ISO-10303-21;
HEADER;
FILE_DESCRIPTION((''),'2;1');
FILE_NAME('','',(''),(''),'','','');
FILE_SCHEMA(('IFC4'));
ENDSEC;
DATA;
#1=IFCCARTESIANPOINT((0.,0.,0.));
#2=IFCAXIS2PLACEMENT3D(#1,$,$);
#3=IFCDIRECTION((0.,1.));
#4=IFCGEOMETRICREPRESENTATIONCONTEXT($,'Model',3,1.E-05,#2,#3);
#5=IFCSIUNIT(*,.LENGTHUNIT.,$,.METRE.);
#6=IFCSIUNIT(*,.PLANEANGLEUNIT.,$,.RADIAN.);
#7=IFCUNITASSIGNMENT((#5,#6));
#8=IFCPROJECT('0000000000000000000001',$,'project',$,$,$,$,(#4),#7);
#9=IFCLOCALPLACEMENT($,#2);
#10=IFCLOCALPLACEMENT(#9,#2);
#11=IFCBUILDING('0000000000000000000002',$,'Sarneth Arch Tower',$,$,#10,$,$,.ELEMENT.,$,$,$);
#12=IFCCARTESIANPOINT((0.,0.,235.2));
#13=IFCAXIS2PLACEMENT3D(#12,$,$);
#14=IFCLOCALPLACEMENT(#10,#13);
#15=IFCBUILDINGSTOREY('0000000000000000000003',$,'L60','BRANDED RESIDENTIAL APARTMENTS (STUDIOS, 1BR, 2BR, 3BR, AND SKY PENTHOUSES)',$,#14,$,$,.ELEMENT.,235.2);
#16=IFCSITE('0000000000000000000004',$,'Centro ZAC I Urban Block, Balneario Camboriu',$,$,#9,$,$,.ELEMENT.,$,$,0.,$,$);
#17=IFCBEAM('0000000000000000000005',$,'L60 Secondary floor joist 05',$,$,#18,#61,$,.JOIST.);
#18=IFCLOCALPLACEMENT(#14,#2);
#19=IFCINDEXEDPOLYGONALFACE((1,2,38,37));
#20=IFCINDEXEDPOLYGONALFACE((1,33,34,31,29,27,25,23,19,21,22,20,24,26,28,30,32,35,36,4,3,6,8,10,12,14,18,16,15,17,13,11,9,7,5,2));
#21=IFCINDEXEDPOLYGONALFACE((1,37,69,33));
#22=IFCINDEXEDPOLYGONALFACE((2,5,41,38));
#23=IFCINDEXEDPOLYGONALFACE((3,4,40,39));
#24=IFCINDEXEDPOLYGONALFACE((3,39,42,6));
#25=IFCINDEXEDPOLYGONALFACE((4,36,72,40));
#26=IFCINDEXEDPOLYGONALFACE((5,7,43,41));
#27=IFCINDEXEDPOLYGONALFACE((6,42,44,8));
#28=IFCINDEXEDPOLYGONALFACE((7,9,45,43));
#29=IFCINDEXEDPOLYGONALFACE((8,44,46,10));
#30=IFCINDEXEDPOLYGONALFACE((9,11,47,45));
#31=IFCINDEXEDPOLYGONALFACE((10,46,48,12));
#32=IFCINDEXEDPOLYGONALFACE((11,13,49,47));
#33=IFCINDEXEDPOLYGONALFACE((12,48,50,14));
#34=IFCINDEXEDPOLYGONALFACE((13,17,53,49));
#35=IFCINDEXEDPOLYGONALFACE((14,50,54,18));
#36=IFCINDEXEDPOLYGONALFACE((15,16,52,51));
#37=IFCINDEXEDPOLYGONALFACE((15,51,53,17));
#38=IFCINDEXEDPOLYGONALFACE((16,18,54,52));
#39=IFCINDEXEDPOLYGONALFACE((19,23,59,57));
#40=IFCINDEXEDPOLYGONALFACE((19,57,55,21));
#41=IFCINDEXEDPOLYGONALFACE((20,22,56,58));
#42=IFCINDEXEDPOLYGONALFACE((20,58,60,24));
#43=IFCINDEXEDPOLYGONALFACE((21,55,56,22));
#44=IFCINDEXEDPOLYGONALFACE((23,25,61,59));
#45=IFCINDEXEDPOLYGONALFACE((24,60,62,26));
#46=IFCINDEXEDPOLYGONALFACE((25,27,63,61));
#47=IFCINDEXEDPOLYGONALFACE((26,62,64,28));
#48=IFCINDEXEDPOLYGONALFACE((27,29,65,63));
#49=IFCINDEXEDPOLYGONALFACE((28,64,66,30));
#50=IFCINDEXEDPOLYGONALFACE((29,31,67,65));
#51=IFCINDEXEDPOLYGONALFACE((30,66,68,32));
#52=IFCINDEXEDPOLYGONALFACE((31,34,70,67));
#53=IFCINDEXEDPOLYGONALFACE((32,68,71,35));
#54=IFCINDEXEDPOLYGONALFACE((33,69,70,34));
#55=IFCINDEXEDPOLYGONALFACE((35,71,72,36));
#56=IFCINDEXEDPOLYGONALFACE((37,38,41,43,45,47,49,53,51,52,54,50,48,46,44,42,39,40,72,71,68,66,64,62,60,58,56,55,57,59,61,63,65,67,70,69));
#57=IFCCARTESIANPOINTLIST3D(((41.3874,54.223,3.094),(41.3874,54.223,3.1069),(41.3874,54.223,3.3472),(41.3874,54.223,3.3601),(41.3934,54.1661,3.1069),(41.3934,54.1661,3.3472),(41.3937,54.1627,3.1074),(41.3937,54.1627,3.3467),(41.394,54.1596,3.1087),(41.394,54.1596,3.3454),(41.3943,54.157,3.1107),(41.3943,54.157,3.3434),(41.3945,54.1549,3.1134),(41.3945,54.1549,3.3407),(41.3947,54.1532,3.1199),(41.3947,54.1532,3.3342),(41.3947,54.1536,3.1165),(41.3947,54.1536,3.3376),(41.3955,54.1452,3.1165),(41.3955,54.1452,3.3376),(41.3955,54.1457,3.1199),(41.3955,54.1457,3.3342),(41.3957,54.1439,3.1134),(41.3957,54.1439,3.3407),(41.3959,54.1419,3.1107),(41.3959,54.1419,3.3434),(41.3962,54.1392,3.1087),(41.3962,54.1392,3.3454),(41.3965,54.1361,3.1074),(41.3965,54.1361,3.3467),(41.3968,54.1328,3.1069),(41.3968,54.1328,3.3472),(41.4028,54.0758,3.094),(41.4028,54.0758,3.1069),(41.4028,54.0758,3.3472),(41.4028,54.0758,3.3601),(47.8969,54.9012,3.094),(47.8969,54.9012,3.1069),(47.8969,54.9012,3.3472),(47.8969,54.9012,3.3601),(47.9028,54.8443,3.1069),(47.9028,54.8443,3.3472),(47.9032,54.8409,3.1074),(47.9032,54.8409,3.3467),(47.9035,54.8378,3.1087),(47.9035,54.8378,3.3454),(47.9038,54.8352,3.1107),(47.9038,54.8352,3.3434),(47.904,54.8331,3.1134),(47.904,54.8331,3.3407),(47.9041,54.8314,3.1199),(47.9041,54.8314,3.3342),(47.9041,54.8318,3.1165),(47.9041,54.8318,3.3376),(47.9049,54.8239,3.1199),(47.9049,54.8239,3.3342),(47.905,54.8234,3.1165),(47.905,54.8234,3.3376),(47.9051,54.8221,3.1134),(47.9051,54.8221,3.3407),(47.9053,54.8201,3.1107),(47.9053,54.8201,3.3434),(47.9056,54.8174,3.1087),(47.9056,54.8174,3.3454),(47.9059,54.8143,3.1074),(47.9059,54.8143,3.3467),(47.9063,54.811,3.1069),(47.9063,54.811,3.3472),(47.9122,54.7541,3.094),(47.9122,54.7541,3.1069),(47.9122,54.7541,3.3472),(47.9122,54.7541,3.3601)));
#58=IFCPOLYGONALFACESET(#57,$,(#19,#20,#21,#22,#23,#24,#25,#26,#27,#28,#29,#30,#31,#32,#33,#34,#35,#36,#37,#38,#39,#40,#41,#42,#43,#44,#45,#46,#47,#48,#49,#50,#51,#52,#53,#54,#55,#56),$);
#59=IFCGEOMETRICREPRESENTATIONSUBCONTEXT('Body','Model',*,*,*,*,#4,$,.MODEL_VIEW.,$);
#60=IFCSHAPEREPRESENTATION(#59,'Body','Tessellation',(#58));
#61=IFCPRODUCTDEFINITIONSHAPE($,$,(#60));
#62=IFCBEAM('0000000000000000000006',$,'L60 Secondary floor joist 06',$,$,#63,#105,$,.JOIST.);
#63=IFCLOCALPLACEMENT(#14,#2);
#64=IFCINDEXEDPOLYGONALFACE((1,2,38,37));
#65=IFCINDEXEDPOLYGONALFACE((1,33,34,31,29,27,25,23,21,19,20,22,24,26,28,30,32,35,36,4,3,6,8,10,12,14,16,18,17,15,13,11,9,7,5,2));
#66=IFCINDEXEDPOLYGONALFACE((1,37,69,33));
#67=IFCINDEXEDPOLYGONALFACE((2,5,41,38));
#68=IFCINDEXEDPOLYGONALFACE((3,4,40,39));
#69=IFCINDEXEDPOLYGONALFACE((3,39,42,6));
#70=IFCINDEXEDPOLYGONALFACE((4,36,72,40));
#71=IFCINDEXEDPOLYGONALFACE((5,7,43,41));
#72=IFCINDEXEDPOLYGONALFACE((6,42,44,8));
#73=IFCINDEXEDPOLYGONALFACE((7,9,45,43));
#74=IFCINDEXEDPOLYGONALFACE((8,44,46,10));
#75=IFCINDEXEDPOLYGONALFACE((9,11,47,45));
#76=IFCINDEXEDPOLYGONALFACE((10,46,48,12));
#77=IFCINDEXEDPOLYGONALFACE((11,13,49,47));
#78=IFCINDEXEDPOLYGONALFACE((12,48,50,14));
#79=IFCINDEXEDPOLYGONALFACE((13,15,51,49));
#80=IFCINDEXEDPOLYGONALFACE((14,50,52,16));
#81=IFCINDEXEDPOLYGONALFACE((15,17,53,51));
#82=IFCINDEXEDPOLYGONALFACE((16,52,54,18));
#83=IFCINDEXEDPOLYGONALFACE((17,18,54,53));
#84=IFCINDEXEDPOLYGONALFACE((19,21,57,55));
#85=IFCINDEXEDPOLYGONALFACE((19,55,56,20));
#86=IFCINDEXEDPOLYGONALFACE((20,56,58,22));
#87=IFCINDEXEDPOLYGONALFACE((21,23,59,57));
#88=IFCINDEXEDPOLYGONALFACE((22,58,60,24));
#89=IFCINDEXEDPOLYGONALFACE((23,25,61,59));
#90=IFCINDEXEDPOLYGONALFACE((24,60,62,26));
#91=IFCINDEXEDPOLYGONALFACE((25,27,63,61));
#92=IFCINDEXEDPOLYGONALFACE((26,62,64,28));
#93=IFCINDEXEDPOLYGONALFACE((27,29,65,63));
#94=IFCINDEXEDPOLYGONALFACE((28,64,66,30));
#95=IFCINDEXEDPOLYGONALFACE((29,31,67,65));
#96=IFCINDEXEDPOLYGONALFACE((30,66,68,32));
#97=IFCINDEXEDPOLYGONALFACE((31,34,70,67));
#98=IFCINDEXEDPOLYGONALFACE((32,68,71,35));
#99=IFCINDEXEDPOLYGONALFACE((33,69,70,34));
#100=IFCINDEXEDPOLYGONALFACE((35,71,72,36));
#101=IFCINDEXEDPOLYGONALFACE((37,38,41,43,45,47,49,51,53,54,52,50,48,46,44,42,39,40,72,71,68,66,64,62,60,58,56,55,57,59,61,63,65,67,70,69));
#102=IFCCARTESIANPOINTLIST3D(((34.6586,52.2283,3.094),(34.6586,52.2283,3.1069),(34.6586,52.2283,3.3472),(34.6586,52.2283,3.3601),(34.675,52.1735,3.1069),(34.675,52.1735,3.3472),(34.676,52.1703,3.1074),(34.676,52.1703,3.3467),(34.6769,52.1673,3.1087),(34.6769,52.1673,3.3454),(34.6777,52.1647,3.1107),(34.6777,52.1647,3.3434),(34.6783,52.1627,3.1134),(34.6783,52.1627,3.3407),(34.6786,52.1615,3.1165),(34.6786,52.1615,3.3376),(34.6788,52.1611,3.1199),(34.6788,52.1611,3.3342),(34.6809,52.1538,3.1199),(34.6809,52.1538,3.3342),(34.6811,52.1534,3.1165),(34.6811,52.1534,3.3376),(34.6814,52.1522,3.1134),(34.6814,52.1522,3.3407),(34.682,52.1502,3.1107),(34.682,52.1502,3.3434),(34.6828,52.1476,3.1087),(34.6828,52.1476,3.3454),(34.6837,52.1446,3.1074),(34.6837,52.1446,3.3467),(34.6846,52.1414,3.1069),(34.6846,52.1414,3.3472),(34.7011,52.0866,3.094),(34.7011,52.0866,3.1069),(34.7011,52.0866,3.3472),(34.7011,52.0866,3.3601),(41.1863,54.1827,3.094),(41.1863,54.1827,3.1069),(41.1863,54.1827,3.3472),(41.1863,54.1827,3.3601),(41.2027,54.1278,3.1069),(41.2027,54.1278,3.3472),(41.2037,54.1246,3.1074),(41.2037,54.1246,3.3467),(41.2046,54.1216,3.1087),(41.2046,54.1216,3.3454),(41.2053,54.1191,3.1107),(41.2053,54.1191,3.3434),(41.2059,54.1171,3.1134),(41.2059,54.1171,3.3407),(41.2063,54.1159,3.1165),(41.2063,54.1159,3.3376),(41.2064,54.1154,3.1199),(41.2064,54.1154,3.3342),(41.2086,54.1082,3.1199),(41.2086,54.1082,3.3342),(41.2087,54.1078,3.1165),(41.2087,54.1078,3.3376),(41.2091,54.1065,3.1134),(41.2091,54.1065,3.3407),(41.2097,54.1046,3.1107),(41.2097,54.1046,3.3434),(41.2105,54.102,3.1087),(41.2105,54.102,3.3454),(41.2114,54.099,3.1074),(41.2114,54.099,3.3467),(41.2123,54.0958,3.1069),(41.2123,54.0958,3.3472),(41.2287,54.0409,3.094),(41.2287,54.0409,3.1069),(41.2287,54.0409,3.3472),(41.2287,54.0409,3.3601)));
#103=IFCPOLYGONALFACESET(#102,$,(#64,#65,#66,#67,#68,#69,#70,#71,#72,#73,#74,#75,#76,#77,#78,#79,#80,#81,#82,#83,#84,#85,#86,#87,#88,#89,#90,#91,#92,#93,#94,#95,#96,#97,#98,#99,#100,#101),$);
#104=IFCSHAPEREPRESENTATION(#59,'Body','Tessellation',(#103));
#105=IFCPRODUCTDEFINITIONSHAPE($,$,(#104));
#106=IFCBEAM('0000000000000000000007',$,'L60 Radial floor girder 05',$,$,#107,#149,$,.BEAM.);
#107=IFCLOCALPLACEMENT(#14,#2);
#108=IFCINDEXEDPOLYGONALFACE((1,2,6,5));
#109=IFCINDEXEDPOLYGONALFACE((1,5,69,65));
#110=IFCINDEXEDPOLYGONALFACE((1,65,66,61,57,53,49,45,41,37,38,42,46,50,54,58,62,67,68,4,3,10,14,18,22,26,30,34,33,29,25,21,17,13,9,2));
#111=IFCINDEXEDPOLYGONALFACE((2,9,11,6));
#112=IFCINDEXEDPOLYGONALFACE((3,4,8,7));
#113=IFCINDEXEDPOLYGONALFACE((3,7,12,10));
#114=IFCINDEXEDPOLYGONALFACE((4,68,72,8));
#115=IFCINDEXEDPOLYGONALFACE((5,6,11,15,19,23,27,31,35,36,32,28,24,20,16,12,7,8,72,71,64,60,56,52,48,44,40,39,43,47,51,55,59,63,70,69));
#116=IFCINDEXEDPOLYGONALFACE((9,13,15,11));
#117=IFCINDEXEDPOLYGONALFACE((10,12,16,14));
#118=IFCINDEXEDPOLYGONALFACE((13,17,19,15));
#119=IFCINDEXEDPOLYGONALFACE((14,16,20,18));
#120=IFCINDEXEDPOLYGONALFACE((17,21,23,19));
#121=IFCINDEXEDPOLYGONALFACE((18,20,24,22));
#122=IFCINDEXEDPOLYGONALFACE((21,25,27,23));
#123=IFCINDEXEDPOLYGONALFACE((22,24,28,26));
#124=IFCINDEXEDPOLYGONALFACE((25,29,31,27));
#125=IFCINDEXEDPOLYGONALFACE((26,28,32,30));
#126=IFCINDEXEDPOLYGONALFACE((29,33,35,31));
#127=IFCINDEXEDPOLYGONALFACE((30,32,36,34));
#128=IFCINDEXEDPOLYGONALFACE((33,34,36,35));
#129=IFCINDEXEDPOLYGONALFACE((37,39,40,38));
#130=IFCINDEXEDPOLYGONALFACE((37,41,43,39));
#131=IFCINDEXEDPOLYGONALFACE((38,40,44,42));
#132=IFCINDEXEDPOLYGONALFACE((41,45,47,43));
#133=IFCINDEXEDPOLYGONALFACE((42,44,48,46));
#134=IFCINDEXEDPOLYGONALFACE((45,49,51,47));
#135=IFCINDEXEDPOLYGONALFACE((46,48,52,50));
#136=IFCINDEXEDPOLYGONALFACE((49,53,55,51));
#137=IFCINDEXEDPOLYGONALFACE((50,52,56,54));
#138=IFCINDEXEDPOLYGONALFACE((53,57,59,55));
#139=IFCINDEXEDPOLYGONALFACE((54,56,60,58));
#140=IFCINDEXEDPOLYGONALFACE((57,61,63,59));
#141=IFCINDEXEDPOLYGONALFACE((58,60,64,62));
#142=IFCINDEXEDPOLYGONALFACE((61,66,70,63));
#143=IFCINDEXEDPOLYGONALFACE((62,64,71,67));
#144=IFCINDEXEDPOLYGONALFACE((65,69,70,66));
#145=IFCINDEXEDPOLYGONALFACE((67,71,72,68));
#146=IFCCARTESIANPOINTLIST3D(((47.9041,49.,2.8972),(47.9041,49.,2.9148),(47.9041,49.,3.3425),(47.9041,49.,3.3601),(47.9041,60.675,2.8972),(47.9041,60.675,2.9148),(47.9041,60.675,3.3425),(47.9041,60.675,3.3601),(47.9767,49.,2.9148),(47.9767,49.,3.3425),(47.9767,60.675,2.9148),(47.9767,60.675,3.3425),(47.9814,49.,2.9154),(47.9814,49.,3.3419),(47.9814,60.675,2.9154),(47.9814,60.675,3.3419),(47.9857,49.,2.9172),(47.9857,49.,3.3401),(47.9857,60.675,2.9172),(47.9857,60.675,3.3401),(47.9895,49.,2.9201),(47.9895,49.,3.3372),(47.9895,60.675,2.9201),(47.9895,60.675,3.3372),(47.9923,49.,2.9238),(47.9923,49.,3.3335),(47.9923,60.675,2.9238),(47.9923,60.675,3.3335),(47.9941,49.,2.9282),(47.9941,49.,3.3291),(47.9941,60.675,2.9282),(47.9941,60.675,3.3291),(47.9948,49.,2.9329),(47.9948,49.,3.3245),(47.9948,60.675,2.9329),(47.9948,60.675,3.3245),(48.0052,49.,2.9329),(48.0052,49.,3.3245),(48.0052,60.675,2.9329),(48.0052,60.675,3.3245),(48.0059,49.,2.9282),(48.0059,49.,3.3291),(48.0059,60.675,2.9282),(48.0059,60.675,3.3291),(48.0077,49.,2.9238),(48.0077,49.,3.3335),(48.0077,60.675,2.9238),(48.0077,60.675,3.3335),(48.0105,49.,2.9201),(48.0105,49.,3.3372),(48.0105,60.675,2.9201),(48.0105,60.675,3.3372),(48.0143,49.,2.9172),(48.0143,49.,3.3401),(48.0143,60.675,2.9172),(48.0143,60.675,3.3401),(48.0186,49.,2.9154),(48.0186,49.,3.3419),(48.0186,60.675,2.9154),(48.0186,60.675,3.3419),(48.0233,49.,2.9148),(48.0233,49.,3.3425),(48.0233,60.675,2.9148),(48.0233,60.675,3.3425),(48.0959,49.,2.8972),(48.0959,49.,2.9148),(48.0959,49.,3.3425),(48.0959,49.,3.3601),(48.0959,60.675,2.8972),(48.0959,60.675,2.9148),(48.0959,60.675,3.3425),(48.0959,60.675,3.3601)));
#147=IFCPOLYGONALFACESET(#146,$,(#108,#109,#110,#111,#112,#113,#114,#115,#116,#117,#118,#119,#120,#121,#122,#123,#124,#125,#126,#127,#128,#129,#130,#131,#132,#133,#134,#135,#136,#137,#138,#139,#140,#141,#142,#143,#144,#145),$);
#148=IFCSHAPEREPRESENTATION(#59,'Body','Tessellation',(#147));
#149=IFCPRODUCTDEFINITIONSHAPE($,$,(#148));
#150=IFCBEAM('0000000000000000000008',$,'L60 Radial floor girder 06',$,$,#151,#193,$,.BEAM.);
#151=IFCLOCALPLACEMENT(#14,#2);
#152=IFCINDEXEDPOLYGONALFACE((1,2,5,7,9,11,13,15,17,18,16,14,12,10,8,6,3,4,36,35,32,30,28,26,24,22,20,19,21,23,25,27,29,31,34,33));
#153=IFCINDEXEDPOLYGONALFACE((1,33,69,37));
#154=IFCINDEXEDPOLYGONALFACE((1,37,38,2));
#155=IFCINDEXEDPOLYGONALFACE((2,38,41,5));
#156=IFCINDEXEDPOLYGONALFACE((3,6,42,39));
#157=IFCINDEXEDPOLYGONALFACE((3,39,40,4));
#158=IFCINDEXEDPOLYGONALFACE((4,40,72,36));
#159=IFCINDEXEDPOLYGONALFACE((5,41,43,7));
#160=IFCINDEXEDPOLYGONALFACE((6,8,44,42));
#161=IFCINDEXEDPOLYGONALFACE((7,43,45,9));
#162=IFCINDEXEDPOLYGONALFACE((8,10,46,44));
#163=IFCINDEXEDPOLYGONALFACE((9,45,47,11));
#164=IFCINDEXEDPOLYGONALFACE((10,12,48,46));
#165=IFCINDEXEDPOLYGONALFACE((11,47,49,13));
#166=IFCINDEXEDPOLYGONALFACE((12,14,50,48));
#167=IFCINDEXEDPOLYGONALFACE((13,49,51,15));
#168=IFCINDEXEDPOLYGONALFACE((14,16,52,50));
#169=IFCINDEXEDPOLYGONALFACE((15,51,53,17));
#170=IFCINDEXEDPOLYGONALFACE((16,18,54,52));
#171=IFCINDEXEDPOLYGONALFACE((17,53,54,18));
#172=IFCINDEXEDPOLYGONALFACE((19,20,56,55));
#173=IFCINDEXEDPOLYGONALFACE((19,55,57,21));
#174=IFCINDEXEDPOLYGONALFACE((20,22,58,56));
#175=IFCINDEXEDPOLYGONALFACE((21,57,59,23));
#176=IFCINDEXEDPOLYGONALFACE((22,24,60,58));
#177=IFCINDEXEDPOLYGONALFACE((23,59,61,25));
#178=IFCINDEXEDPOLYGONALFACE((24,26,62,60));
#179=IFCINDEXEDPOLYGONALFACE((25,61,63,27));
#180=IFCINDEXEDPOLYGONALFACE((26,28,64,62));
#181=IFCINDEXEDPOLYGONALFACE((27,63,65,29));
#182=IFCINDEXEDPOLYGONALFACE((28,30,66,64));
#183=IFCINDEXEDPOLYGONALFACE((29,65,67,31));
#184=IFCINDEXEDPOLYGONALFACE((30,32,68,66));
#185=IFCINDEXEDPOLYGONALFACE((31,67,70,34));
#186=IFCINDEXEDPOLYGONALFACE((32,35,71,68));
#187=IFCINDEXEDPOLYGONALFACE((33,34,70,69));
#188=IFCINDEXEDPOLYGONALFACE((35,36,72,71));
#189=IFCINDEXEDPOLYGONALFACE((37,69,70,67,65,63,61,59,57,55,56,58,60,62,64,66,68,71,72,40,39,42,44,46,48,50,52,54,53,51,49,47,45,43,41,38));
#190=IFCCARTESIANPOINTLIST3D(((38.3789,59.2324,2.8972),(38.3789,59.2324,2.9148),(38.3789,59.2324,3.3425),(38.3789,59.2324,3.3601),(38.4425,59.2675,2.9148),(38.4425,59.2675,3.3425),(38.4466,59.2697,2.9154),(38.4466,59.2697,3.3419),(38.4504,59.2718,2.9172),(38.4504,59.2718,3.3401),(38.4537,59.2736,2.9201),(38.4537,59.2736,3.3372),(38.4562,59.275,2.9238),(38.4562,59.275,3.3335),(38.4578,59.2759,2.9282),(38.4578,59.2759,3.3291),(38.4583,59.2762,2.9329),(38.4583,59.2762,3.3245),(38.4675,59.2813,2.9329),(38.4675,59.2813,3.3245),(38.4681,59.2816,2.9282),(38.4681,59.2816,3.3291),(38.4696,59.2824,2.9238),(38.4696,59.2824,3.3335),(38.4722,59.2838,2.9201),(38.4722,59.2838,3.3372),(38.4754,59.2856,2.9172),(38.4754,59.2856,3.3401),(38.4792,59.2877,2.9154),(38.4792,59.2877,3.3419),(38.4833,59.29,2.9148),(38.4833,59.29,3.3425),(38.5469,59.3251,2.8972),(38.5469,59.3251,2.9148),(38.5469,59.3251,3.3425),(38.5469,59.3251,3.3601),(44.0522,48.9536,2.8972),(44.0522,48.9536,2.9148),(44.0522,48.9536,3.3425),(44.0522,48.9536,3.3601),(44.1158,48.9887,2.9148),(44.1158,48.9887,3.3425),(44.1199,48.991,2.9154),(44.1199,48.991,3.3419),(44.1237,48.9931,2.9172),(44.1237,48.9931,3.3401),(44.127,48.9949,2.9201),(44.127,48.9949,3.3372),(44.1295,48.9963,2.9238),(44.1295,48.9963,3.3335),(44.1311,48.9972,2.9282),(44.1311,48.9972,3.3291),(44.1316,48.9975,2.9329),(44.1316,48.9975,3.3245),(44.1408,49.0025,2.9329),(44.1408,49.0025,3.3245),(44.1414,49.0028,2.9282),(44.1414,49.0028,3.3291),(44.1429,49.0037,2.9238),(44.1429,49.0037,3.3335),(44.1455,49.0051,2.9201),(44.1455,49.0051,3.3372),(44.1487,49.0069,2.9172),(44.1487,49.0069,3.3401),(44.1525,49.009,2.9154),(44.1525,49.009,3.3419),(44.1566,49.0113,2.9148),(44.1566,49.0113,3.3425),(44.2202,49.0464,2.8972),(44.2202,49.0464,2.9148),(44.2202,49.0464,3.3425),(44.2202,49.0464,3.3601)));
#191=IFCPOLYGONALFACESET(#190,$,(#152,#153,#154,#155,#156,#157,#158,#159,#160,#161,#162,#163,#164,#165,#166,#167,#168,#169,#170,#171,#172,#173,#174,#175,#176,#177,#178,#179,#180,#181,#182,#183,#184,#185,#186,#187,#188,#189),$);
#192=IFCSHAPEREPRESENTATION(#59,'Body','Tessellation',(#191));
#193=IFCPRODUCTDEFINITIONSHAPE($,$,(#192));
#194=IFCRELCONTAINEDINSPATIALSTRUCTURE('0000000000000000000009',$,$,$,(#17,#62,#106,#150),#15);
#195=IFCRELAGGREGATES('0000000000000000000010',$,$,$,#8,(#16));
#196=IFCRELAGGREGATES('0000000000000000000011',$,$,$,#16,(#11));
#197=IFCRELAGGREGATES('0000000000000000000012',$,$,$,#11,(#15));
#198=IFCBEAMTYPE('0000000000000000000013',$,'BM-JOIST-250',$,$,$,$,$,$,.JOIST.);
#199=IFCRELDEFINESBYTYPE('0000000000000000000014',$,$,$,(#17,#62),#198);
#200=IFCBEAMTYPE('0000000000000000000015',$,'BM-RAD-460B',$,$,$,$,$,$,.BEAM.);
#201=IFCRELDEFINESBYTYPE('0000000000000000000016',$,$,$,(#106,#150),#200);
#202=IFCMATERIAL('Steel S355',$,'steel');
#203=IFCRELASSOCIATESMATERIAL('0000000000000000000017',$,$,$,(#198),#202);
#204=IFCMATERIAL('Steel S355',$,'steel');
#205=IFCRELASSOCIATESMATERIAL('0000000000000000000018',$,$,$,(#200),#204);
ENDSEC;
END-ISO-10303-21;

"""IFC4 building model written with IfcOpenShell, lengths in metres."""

from ifc_helpers import new_model, si_unit, direction, frame, origin, origin_2d, place, context, subcontext, project, spatial, i_section, extrude, material, material_profile, profile_set, type_object, element, save


model = new_model("IFC4")

# Units and contexts
model_context = context("Model", 3, precision=1e-05, world=origin(), true_north=direction((0.0, 1.0)))
body_context = subcontext(model_context, "Body", "Model", "MODEL_VIEW")
ifc_project = project(units=[si_unit("LENGTHUNIT", "METRE"), si_unit("PLANEANGLEUNIT", "RADIAN")], contexts=[model_context])

# Site, building, storey
site_placement = place(None, origin())
site = spatial("IfcSite", under=ifc_project, at=site_placement, Name="Centro ZAC I Urban Block, Balneario Camboriu", CompositionType="ELEMENT", RefElevation=0.0)
building_placement = place(site_placement, origin())
building = spatial("IfcBuilding", under=site, at=building_placement, Name="Sarneth Arch Tower", CompositionType="ELEMENT")
storey_placement = place(building_placement, frame((0.0, 0.0, 235.2)))
storey = spatial("IfcBuildingStorey", under=building, at=storey_placement, Name="L60", Description="BRANDED RESIDENTIAL APARTMENTS (STUDIOS, 1BR, 2BR, 3BR, AND SKY PENTHOUSES)", CompositionType="ELEMENT", Elevation=235.2)

# Beams
ifc_material_1 = material(Name="Steel S355", Category="steel")
ifc_material_profile_1 = material_profile(ifc_material_1, i_section(OverallWidth=0.1479, OverallDepth=0.2661, WebThickness=0.0076, FlangeThickness=0.0129, FilletRadius=0.0129, at=origin_2d()), Name="W250x44.8")
ifc_profile_set_1 = profile_set([ifc_material_profile_1], Name="Steel S355")
beam_type_1 = type_object("IfcBeamType", Name="BM-JOIST-250", PredefinedType="JOIST", material=ifc_profile_set_1)
beam_1_placement = place(storey_placement, frame((47.9045, 54.8276, 3.2271), z_axis=(-0.994616, -0.103628, 0.0), x_axis=(0.103628, -0.994616, 0.0)))
element("IfcBeam", 1, at=beam_1_placement, inside=storey, type_object=beam_type_1, Name="L60 Secondary floor joist 05", PredefinedType="JOIST", context=body_context, shape_type="SweptSolid", body=[
    extrude(i_section(OverallWidth=0.1479, OverallDepth=0.2661, WebThickness=0.0076, FlangeThickness=0.0129, FilletRadius=0.0129, at=origin_2d()), origin(), (0.0, 0.0, 1.0), 6.5447),
])
beam_2_placement = place(storey_placement, frame((41.2075, 54.1118, 3.2271), z_axis=(-0.957985, -0.286819, 0.0), x_axis=(0.286819, -0.957985, 0.0)))
element("IfcBeam", 2, at=beam_2_placement, inside=storey, type_object=beam_type_1, Name="L60 Secondary floor joist 06", PredefinedType="JOIST", context=body_context, shape_type="SweptSolid", body=[
    extrude(i_section(OverallWidth=0.1479, OverallDepth=0.2661, WebThickness=0.0076, FlangeThickness=0.0129, FilletRadius=0.0129, at=origin_2d()), origin(), (0.0, 0.0, 1.0), 6.814),
])
ifc_material_2 = material(Name="Steel S355", Category="steel")
ifc_material_profile_2 = material_profile(ifc_material_2, i_section(OverallWidth=0.1919, OverallDepth=0.4629, WebThickness=0.0105, FlangeThickness=0.0176, FilletRadius=0.0181, at=origin_2d()), Name="W460x89")
ifc_profile_set_2 = profile_set([ifc_material_profile_2], Name="Steel S355")
beam_type_2 = type_object("IfcBeamType", Name="BM-RAD-460B", PredefinedType="BEAM", material=ifc_profile_set_2)
beam_3_placement = place(storey_placement, frame((48.0, 49.0, 3.1287), z_axis=(0.0, 1.0, 0.0), x_axis=(-1.0, 0.0, 0.0)))
element("IfcBeam", 3, at=beam_3_placement, inside=storey, type_object=beam_type_2, Name="L60 Radial floor girder 05", PredefinedType="BEAM", context=body_context, shape_type="SweptSolid", body=[
    extrude(i_section(OverallWidth=0.1919, OverallDepth=0.4629, WebThickness=0.0105, FlangeThickness=0.0176, FilletRadius=0.0181, at=origin_2d()), origin(), (0.0, 0.0, 1.0), 11.675),
])
beam_4_placement = place(storey_placement, frame((44.1362, 49.0, 3.1287), z_axis=(-0.483226, 0.875496, 0.0), x_axis=(-0.875496, -0.483226, 0.0)))
element("IfcBeam", 4, at=beam_4_placement, inside=storey, type_object=beam_type_2, Name="L60 Radial floor girder 06", PredefinedType="BEAM", context=body_context, shape_type="SweptSolid", body=[
    extrude(i_section(OverallWidth=0.1919, OverallDepth=0.4629, WebThickness=0.0105, FlangeThickness=0.0176, FilletRadius=0.0181, at=origin_2d()), origin(), (0.0, 0.0, 1.0), 11.7405),
])

save(model, "model.ifc")
